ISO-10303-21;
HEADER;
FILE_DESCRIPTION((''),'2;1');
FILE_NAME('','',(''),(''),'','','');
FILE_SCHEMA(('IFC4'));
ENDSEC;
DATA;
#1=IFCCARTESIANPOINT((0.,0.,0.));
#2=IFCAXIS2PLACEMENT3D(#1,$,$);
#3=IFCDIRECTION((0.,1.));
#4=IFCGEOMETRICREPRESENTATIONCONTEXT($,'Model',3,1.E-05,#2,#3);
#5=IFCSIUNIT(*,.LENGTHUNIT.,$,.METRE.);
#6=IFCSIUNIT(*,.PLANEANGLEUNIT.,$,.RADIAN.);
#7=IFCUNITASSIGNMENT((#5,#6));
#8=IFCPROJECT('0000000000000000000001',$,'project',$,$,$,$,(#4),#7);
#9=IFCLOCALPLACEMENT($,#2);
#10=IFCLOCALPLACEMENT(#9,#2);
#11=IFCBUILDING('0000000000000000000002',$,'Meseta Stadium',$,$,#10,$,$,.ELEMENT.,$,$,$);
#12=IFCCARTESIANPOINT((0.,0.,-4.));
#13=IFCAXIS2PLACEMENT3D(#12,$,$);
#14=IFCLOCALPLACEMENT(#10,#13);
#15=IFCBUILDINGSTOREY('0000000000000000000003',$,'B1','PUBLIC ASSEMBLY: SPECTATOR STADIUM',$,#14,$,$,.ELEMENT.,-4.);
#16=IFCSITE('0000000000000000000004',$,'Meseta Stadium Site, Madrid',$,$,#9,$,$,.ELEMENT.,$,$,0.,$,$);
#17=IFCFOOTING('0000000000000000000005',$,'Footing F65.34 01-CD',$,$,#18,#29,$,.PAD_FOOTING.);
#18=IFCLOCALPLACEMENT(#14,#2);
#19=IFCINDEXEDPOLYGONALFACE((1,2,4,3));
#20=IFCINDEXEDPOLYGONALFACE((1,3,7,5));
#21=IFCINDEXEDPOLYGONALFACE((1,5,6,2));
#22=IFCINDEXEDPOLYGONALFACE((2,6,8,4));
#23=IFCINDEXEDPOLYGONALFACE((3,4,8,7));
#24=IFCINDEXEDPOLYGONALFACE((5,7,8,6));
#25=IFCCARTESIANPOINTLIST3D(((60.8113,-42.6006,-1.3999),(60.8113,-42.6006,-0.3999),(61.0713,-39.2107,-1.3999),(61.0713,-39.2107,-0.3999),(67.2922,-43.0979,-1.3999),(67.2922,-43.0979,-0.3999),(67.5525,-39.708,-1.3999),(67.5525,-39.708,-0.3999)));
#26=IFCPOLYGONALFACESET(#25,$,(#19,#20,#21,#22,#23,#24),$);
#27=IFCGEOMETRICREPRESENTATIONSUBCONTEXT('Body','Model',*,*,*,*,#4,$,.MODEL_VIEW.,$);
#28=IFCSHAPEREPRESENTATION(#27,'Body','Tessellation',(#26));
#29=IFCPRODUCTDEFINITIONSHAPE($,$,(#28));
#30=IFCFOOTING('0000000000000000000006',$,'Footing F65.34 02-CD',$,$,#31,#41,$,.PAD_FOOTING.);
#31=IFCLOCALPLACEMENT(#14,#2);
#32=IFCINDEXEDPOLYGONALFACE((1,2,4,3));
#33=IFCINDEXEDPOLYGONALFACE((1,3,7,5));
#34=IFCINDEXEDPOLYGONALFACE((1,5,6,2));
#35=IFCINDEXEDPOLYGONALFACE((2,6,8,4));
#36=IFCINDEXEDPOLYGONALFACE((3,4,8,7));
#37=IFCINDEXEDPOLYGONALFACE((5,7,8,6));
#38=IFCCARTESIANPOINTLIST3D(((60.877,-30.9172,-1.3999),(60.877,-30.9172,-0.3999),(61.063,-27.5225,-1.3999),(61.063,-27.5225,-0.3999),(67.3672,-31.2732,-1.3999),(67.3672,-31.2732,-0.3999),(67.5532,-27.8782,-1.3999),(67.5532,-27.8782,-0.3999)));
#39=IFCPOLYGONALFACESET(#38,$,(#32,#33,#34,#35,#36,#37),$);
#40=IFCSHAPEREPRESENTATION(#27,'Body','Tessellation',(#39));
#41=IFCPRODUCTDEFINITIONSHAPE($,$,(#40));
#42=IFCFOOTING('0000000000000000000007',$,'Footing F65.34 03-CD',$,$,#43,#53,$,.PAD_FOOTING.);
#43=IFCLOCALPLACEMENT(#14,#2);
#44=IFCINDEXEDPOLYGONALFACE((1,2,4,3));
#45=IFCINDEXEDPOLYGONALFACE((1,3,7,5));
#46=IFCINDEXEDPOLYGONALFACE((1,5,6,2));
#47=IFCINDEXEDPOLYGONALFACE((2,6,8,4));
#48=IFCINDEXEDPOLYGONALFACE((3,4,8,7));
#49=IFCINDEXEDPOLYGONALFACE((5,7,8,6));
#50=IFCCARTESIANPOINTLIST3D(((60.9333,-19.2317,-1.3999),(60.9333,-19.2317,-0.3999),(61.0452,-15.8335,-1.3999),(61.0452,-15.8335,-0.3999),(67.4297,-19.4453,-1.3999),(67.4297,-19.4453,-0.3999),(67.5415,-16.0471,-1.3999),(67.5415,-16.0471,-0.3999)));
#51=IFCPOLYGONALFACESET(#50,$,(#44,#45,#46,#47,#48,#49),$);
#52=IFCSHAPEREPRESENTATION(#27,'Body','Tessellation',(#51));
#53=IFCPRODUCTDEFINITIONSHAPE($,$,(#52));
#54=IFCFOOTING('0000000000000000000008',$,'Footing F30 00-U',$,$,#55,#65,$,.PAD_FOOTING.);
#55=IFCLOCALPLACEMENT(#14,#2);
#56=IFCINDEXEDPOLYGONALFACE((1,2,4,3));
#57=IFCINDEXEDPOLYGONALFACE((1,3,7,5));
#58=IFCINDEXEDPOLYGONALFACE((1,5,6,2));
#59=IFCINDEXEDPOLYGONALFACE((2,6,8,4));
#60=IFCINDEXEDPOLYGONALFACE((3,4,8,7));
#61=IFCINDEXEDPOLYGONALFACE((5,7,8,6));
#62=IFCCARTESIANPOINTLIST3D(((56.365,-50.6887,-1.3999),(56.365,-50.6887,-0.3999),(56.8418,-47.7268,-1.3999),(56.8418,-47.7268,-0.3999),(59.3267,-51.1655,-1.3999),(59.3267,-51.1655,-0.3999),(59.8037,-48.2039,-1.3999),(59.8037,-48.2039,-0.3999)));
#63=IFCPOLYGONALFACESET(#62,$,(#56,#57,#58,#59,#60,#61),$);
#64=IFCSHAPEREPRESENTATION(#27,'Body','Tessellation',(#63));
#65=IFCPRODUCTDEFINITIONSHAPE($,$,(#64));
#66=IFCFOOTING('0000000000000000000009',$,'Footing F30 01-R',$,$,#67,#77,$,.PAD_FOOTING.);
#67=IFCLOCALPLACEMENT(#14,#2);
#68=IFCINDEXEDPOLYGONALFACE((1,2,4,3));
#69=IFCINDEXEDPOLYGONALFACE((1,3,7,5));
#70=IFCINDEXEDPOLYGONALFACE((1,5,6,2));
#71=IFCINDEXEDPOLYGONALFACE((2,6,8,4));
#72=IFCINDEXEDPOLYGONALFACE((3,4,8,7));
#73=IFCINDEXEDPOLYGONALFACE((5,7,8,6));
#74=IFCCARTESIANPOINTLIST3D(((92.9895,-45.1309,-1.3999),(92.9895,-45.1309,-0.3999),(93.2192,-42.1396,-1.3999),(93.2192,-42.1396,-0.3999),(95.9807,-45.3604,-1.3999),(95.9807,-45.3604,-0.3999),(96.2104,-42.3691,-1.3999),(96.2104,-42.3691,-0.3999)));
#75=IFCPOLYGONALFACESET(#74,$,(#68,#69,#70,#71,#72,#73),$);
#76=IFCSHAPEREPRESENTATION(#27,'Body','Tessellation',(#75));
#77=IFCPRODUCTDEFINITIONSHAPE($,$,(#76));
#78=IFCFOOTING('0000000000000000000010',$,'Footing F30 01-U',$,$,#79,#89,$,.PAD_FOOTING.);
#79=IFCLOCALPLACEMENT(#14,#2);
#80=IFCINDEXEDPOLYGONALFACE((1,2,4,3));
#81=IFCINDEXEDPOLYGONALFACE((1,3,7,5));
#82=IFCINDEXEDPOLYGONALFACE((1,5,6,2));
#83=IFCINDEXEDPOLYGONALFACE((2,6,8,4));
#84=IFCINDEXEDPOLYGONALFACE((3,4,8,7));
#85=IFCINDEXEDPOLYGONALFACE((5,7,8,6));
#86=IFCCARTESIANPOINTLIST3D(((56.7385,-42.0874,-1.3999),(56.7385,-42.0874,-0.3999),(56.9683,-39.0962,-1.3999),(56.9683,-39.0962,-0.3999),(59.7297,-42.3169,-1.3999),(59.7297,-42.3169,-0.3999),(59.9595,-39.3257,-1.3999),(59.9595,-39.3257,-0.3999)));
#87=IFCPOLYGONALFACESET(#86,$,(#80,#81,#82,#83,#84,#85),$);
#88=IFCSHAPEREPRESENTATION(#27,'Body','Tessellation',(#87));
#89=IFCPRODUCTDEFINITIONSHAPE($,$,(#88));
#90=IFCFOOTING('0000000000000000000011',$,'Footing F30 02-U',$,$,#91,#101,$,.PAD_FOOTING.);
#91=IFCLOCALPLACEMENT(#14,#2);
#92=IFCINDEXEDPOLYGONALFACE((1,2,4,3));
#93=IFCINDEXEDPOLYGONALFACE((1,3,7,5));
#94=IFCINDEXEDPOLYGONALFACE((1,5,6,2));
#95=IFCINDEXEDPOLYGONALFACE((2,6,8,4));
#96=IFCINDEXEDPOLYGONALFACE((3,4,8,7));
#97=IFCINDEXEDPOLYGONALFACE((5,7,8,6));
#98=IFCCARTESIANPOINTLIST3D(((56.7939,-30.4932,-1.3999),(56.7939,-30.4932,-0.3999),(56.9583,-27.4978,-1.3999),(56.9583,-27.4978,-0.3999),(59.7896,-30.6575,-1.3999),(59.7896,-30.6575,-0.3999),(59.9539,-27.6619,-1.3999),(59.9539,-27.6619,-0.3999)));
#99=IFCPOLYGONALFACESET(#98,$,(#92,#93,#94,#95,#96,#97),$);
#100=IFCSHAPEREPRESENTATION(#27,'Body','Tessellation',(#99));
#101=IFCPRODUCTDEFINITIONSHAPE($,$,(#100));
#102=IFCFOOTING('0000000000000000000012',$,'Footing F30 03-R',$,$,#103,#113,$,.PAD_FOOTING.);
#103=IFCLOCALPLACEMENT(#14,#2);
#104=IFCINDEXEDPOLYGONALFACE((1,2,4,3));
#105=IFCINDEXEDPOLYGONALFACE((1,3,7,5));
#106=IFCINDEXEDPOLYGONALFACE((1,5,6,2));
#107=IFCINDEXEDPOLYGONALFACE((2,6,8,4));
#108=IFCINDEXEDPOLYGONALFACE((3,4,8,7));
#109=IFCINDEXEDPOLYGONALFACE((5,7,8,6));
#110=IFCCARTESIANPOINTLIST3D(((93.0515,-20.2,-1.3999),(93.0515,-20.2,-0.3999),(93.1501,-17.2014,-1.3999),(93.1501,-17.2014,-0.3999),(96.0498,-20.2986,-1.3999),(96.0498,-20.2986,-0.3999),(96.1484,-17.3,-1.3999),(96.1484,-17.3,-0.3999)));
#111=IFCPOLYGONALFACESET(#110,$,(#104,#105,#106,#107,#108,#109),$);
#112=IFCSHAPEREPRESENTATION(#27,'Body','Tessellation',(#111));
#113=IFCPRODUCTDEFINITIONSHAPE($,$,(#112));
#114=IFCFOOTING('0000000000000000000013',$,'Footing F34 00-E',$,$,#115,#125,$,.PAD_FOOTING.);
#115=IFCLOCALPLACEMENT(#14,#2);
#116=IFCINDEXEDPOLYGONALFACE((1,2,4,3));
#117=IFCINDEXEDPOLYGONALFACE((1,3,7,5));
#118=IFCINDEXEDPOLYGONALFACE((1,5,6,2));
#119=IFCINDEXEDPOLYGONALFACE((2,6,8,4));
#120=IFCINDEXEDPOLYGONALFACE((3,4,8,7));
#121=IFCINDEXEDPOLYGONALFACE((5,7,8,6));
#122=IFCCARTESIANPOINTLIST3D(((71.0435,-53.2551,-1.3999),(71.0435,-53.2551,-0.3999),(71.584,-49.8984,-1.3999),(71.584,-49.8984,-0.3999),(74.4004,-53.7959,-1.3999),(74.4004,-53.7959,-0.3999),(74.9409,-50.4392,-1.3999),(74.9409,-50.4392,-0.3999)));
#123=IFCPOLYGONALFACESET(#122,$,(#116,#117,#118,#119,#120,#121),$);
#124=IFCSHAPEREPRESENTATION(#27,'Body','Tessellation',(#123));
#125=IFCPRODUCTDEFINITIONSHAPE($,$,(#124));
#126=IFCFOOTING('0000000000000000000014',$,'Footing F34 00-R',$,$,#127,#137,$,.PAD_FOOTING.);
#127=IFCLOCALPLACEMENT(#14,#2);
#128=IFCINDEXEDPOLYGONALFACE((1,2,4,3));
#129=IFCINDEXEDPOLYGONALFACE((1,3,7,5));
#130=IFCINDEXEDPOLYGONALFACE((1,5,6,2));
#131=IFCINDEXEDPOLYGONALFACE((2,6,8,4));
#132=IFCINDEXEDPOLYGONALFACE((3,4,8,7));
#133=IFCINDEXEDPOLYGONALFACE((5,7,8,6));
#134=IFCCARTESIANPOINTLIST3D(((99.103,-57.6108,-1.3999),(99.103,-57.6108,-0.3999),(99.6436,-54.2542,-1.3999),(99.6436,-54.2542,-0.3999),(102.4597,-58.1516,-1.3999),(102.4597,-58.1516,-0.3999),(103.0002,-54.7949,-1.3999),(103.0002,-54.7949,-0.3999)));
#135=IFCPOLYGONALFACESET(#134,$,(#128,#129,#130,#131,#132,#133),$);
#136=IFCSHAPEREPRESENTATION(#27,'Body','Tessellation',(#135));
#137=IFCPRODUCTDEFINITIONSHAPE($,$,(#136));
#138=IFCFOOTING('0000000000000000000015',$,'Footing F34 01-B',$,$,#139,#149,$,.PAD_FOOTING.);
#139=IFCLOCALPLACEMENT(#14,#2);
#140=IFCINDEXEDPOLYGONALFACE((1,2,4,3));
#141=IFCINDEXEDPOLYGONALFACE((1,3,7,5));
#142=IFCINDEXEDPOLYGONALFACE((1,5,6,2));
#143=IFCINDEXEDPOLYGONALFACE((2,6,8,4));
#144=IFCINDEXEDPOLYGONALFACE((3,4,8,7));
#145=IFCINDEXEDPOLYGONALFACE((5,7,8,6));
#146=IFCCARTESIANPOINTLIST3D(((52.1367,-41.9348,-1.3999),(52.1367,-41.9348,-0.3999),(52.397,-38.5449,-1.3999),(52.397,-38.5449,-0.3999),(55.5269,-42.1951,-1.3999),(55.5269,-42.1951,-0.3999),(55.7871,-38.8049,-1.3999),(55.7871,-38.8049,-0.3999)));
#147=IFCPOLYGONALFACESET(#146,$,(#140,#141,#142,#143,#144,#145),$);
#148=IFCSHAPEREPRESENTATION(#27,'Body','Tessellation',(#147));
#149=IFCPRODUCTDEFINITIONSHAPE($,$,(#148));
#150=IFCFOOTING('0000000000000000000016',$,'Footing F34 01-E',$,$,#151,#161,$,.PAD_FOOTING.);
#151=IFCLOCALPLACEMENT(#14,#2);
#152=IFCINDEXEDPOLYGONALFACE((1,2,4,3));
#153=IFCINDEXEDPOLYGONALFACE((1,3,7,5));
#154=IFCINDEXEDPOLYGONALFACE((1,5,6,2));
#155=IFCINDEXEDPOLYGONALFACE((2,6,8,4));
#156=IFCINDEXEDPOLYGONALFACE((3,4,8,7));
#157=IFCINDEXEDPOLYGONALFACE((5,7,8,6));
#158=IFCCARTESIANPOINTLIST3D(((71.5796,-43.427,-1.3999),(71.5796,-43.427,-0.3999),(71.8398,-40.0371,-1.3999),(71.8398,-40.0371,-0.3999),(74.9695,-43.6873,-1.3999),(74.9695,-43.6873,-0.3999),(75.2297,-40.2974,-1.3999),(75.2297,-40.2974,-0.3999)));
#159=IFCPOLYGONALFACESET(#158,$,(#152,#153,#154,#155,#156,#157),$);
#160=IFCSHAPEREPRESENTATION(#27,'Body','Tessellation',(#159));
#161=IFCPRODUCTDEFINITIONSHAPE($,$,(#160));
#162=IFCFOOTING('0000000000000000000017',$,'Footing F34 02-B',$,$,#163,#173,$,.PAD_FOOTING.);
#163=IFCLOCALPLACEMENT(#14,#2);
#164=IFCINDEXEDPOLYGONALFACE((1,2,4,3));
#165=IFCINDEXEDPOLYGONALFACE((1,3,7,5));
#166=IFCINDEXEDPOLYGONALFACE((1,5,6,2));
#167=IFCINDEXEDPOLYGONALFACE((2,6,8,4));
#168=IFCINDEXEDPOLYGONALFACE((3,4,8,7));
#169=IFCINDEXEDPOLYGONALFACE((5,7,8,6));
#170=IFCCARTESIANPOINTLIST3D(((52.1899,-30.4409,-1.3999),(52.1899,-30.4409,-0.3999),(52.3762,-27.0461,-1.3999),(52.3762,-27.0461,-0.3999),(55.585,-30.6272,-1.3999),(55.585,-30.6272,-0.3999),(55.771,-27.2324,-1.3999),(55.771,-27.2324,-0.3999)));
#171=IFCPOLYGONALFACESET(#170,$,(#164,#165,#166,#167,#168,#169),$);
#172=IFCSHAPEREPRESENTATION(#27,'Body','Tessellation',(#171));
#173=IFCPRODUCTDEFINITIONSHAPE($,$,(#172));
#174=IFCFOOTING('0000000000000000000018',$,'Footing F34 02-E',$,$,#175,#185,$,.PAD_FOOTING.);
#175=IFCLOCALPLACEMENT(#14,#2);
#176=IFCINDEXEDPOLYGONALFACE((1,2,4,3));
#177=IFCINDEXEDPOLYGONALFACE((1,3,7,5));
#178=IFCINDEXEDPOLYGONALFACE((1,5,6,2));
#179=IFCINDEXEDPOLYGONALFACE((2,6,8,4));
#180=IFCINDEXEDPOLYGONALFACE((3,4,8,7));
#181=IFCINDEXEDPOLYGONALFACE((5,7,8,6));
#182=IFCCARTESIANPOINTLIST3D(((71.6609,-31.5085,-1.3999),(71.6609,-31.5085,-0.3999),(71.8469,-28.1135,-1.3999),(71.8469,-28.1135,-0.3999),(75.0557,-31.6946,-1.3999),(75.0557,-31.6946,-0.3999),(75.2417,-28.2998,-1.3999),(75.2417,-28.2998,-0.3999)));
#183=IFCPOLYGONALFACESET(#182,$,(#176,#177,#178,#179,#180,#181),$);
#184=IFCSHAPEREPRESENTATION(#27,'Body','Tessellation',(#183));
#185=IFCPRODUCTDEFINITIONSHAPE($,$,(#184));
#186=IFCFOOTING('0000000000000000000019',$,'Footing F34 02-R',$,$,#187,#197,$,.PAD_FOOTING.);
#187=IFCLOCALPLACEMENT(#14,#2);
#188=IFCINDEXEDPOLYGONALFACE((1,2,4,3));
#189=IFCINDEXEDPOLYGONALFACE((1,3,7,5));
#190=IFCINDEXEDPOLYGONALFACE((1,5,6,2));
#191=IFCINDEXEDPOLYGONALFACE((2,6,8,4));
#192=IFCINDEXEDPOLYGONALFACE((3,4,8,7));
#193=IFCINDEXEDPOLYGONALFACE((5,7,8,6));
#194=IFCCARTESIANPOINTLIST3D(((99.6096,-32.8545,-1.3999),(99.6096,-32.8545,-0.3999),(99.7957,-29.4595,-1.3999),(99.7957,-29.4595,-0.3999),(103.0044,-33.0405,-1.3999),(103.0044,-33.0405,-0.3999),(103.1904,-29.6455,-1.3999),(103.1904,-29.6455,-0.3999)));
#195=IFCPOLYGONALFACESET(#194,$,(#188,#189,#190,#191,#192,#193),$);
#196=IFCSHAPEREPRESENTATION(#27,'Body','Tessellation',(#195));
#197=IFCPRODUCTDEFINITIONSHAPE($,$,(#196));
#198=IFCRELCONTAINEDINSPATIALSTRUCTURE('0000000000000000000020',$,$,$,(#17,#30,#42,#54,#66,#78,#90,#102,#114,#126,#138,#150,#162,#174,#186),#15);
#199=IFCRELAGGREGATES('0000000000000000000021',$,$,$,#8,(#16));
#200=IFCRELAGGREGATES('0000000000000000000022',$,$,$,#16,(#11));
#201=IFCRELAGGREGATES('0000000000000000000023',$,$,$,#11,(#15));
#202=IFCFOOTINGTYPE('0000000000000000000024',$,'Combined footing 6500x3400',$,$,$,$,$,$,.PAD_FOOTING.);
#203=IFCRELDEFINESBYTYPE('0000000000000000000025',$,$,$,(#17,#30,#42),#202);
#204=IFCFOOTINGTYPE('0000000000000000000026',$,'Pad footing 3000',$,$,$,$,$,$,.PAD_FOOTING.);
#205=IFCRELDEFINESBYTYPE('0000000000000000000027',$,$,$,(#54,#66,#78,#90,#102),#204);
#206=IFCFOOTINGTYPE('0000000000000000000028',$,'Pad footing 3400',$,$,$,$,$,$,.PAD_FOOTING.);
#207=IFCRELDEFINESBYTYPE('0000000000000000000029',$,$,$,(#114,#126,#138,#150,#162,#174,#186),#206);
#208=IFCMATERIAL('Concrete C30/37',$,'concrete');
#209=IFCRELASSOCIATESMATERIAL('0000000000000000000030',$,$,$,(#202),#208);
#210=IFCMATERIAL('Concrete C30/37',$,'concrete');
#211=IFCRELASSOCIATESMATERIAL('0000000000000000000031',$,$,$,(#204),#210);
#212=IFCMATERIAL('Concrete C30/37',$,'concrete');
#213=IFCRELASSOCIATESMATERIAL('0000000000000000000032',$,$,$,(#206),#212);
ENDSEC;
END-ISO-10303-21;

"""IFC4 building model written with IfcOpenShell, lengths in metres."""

from ifc_helpers import new_model, si_unit, direction, frame, origin, place, context, subcontext, project, spatial, polyline, outline, extrude, material, type_object, element, save


model = new_model("IFC4")

# Units and contexts
model_context = context("Model", 3, precision=1e-05, world=origin(), true_north=direction((0.0, 1.0)))
body_context = subcontext(model_context, "Body", "Model", "MODEL_VIEW")
ifc_project = project(units=[si_unit("LENGTHUNIT", "METRE"), si_unit("PLANEANGLEUNIT", "RADIAN")], contexts=[model_context])

# Site, building, storey
site_placement = place(None, origin())
site = spatial("IfcSite", under=ifc_project, at=site_placement, Name="Meseta Stadium Site, Madrid", CompositionType="ELEMENT", RefElevation=0.0)
building_placement = place(site_placement, origin())
building = spatial("IfcBuilding", under=site, at=building_placement, Name="Meseta Stadium", CompositionType="ELEMENT")
storey_placement = place(building_placement, frame((0.0, 0.0, -4.0)))
storey = spatial("IfcBuildingStorey", under=building, at=storey_placement, Name="B1", Description="PUBLIC ASSEMBLY: SPECTATOR STADIUM", CompositionType="ELEMENT", Elevation=-4.0)

# Footings
ifc_material_1 = material(Name="Concrete C30/37", Category="concrete")
footing_type_1 = type_object("IfcFootingType", Name="Combined footing 6500x3400", PredefinedType="PAD_FOOTING", material=ifc_material_1)
footing_1_placement = place(storey_placement, frame((0.0, 0.0, -1.3999)))
element("IfcFooting", 1, at=footing_1_placement, inside=storey, type_object=footing_type_1, Name="Footing F65.34 01-CD", PredefinedType="PAD_FOOTING", context=body_context, shape_type="SweptSolid", body=[
    extrude(outline(polyline([(60.8113, -42.6006), (67.2922, -43.0979), (67.5525, -39.708), (61.0713, -39.2107), (60.8113, -42.6006)])), origin(), (0.0, 0.0, 1.0), 1.0),
])
footing_2_placement = place(storey_placement, frame((0.0, 0.0, -1.3999)))
element("IfcFooting", 2, at=footing_2_placement, inside=storey, type_object=footing_type_1, Name="Footing F65.34 02-CD", PredefinedType="PAD_FOOTING", context=body_context, shape_type="SweptSolid", body=[
    extrude(outline(polyline([(60.877, -30.9172), (67.3672, -31.2732), (67.5532, -27.8782), (61.063, -27.5225), (60.877, -30.9172)])), origin(), (0.0, 0.0, 1.0), 1.0),
])
footing_3_placement = place(storey_placement, frame((0.0, 0.0, -1.3999)))
element("IfcFooting", 3, at=footing_3_placement, inside=storey, type_object=footing_type_1, Name="Footing F65.34 03-CD", PredefinedType="PAD_FOOTING", context=body_context, shape_type="SweptSolid", body=[
    extrude(outline(polyline([(60.9333, -19.2317), (67.4297, -19.4453), (67.5415, -16.0471), (61.0452, -15.8335), (60.9333, -19.2317)])), origin(), (0.0, 0.0, 1.0), 1.0),
])
ifc_material_2 = material(Name="Concrete C30/37", Category="concrete")
footing_type_2 = type_object("IfcFootingType", Name="Pad footing 3000", PredefinedType="PAD_FOOTING", material=ifc_material_2)
footing_4_placement = place(storey_placement, frame((0.0, 0.0, -1.3999)))
element("IfcFooting", 4, at=footing_4_placement, inside=storey, type_object=footing_type_2, Name="Footing F30 00-U", PredefinedType="PAD_FOOTING", context=body_context, shape_type="SweptSolid", body=[
    extrude(outline(polyline([(56.365, -50.6887), (59.3267, -51.1655), (59.8037, -48.2039), (56.8418, -47.7268), (56.365, -50.6887)])), origin(), (0.0, 0.0, 1.0), 1.0),
])
footing_5_placement = place(storey_placement, frame((0.0, 0.0, -1.3999)))
element("IfcFooting", 5, at=footing_5_placement, inside=storey, type_object=footing_type_2, Name="Footing F30 01-R", PredefinedType="PAD_FOOTING", context=body_context, shape_type="SweptSolid", body=[
    extrude(outline(polyline([(92.9895, -45.1309), (95.9807, -45.3604), (96.2104, -42.3691), (93.2192, -42.1396), (92.9895, -45.1309)])), origin(), (0.0, 0.0, 1.0), 1.0),
])
footing_6_placement = place(storey_placement, frame((0.0, 0.0, -1.3999)))
element("IfcFooting", 6, at=footing_6_placement, inside=storey, type_object=footing_type_2, Name="Footing F30 01-U", PredefinedType="PAD_FOOTING", context=body_context, shape_type="SweptSolid", body=[
    extrude(outline(polyline([(56.7385, -42.0874), (59.7297, -42.3169), (59.9595, -39.3257), (56.9683, -39.0962), (56.7385, -42.0874)])), origin(), (0.0, 0.0, 1.0), 1.0),
])
footing_7_placement = place(storey_placement, frame((0.0, 0.0, -1.3999)))
element("IfcFooting", 7, at=footing_7_placement, inside=storey, type_object=footing_type_2, Name="Footing F30 02-U", PredefinedType="PAD_FOOTING", context=body_context, shape_type="SweptSolid", body=[
    extrude(outline(polyline([(56.7939, -30.4932), (59.7896, -30.6575), (59.9539, -27.6619), (56.9583, -27.4978), (56.7939, -30.4932)])), origin(), (0.0, 0.0, 1.0), 1.0),
])
footing_8_placement = place(storey_placement, frame((0.0, 0.0, -1.3999)))
element("IfcFooting", 8, at=footing_8_placement, inside=storey, type_object=footing_type_2, Name="Footing F30 03-R", PredefinedType="PAD_FOOTING", context=body_context, shape_type="SweptSolid", body=[
    extrude(outline(polyline([(93.0515, -20.2), (96.0498, -20.2986), (96.1484, -17.3), (93.1501, -17.2014), (93.0515, -20.2)])), origin(), (0.0, 0.0, 1.0), 1.0),
])
ifc_material_3 = material(Name="Concrete C30/37", Category="concrete")
footing_type_3 = type_object("IfcFootingType", Name="Pad footing 3400", PredefinedType="PAD_FOOTING", material=ifc_material_3)
footing_9_placement = place(storey_placement, frame((0.0, 0.0, -1.3999)))
element("IfcFooting", 9, at=footing_9_placement, inside=storey, type_object=footing_type_3, Name="Footing F34 00-E", PredefinedType="PAD_FOOTING", context=body_context, shape_type="SweptSolid", body=[
    extrude(outline(polyline([(71.0435, -53.2551), (74.4004, -53.7959), (74.9409, -50.4392), (71.584, -49.8984), (71.0435, -53.2551)])), origin(), (0.0, 0.0, 1.0), 1.0),
])
footing_10_placement = place(storey_placement, frame((0.0, 0.0, -1.3999)))
element("IfcFooting", 10, at=footing_10_placement, inside=storey, type_object=footing_type_3, Name="Footing F34 00-R", PredefinedType="PAD_FOOTING", context=body_context, shape_type="SweptSolid", body=[
    extrude(outline(polyline([(99.103, -57.6108), (102.4597, -58.1516), (103.0002, -54.7949), (99.6436, -54.2542), (99.103, -57.6108)])), origin(), (0.0, 0.0, 1.0), 1.0),
])
footing_11_placement = place(storey_placement, frame((0.0, 0.0, -1.3999)))
element("IfcFooting", 11, at=footing_11_placement, inside=storey, type_object=footing_type_3, Name="Footing F34 01-B", PredefinedType="PAD_FOOTING", context=body_context, shape_type="SweptSolid", body=[
    extrude(outline(polyline([(52.1367, -41.9348), (55.5269, -42.1951), (55.7871, -38.8049), (52.397, -38.5449), (52.1367, -41.9348)])), origin(), (0.0, 0.0, 1.0), 1.0),
])
footing_12_placement = place(storey_placement, frame((0.0, 0.0, -1.3999)))
element("IfcFooting", 12, at=footing_12_placement, inside=storey, type_object=footing_type_3, Name="Footing F34 01-E", PredefinedType="PAD_FOOTING", context=body_context, shape_type="SweptSolid", body=[
    extrude(outline(polyline([(71.5796, -43.427), (74.9695, -43.6873), (75.2297, -40.2974), (71.8398, -40.0371), (71.5796, -43.427)])), origin(), (0.0, 0.0, 1.0), 1.0),
])
footing_13_placement = place(storey_placement, frame((0.0, 0.0, -1.3999)))
element("IfcFooting", 13, at=footing_13_placement, inside=storey, type_object=footing_type_3, Name="Footing F34 02-B", PredefinedType="PAD_FOOTING", context=body_context, shape_type="SweptSolid", body=[
    extrude(outline(polyline([(52.1899, -30.4409), (55.585, -30.6272), (55.771, -27.2324), (52.3762, -27.0461), (52.1899, -30.4409)])), origin(), (0.0, 0.0, 1.0), 1.0),
])
footing_14_placement = place(storey_placement, frame((0.0, 0.0, -1.3999)))
element("IfcFooting", 14, at=footing_14_placement, inside=storey, type_object=footing_type_3, Name="Footing F34 02-E", PredefinedType="PAD_FOOTING", context=body_context, shape_type="SweptSolid", body=[
    extrude(outline(polyline([(71.6609, -31.5085), (75.0557, -31.6946), (75.2417, -28.2998), (71.8469, -28.1135), (71.6609, -31.5085)])), origin(), (0.0, 0.0, 1.0), 1.0),
])
footing_15_placement = place(storey_placement, frame((0.0, 0.0, -1.3999)))
element("IfcFooting", 15, at=footing_15_placement, inside=storey, type_object=footing_type_3, Name="Footing F34 02-R", PredefinedType="PAD_FOOTING", context=body_context, shape_type="SweptSolid", body=[
    extrude(outline(polyline([(99.6096, -32.8545), (103.0044, -33.0405), (103.1904, -29.6455), (99.7957, -29.4595), (99.6096, -32.8545)])), origin(), (0.0, 0.0, 1.0), 1.0),
])

save(model, "model.ifc")
